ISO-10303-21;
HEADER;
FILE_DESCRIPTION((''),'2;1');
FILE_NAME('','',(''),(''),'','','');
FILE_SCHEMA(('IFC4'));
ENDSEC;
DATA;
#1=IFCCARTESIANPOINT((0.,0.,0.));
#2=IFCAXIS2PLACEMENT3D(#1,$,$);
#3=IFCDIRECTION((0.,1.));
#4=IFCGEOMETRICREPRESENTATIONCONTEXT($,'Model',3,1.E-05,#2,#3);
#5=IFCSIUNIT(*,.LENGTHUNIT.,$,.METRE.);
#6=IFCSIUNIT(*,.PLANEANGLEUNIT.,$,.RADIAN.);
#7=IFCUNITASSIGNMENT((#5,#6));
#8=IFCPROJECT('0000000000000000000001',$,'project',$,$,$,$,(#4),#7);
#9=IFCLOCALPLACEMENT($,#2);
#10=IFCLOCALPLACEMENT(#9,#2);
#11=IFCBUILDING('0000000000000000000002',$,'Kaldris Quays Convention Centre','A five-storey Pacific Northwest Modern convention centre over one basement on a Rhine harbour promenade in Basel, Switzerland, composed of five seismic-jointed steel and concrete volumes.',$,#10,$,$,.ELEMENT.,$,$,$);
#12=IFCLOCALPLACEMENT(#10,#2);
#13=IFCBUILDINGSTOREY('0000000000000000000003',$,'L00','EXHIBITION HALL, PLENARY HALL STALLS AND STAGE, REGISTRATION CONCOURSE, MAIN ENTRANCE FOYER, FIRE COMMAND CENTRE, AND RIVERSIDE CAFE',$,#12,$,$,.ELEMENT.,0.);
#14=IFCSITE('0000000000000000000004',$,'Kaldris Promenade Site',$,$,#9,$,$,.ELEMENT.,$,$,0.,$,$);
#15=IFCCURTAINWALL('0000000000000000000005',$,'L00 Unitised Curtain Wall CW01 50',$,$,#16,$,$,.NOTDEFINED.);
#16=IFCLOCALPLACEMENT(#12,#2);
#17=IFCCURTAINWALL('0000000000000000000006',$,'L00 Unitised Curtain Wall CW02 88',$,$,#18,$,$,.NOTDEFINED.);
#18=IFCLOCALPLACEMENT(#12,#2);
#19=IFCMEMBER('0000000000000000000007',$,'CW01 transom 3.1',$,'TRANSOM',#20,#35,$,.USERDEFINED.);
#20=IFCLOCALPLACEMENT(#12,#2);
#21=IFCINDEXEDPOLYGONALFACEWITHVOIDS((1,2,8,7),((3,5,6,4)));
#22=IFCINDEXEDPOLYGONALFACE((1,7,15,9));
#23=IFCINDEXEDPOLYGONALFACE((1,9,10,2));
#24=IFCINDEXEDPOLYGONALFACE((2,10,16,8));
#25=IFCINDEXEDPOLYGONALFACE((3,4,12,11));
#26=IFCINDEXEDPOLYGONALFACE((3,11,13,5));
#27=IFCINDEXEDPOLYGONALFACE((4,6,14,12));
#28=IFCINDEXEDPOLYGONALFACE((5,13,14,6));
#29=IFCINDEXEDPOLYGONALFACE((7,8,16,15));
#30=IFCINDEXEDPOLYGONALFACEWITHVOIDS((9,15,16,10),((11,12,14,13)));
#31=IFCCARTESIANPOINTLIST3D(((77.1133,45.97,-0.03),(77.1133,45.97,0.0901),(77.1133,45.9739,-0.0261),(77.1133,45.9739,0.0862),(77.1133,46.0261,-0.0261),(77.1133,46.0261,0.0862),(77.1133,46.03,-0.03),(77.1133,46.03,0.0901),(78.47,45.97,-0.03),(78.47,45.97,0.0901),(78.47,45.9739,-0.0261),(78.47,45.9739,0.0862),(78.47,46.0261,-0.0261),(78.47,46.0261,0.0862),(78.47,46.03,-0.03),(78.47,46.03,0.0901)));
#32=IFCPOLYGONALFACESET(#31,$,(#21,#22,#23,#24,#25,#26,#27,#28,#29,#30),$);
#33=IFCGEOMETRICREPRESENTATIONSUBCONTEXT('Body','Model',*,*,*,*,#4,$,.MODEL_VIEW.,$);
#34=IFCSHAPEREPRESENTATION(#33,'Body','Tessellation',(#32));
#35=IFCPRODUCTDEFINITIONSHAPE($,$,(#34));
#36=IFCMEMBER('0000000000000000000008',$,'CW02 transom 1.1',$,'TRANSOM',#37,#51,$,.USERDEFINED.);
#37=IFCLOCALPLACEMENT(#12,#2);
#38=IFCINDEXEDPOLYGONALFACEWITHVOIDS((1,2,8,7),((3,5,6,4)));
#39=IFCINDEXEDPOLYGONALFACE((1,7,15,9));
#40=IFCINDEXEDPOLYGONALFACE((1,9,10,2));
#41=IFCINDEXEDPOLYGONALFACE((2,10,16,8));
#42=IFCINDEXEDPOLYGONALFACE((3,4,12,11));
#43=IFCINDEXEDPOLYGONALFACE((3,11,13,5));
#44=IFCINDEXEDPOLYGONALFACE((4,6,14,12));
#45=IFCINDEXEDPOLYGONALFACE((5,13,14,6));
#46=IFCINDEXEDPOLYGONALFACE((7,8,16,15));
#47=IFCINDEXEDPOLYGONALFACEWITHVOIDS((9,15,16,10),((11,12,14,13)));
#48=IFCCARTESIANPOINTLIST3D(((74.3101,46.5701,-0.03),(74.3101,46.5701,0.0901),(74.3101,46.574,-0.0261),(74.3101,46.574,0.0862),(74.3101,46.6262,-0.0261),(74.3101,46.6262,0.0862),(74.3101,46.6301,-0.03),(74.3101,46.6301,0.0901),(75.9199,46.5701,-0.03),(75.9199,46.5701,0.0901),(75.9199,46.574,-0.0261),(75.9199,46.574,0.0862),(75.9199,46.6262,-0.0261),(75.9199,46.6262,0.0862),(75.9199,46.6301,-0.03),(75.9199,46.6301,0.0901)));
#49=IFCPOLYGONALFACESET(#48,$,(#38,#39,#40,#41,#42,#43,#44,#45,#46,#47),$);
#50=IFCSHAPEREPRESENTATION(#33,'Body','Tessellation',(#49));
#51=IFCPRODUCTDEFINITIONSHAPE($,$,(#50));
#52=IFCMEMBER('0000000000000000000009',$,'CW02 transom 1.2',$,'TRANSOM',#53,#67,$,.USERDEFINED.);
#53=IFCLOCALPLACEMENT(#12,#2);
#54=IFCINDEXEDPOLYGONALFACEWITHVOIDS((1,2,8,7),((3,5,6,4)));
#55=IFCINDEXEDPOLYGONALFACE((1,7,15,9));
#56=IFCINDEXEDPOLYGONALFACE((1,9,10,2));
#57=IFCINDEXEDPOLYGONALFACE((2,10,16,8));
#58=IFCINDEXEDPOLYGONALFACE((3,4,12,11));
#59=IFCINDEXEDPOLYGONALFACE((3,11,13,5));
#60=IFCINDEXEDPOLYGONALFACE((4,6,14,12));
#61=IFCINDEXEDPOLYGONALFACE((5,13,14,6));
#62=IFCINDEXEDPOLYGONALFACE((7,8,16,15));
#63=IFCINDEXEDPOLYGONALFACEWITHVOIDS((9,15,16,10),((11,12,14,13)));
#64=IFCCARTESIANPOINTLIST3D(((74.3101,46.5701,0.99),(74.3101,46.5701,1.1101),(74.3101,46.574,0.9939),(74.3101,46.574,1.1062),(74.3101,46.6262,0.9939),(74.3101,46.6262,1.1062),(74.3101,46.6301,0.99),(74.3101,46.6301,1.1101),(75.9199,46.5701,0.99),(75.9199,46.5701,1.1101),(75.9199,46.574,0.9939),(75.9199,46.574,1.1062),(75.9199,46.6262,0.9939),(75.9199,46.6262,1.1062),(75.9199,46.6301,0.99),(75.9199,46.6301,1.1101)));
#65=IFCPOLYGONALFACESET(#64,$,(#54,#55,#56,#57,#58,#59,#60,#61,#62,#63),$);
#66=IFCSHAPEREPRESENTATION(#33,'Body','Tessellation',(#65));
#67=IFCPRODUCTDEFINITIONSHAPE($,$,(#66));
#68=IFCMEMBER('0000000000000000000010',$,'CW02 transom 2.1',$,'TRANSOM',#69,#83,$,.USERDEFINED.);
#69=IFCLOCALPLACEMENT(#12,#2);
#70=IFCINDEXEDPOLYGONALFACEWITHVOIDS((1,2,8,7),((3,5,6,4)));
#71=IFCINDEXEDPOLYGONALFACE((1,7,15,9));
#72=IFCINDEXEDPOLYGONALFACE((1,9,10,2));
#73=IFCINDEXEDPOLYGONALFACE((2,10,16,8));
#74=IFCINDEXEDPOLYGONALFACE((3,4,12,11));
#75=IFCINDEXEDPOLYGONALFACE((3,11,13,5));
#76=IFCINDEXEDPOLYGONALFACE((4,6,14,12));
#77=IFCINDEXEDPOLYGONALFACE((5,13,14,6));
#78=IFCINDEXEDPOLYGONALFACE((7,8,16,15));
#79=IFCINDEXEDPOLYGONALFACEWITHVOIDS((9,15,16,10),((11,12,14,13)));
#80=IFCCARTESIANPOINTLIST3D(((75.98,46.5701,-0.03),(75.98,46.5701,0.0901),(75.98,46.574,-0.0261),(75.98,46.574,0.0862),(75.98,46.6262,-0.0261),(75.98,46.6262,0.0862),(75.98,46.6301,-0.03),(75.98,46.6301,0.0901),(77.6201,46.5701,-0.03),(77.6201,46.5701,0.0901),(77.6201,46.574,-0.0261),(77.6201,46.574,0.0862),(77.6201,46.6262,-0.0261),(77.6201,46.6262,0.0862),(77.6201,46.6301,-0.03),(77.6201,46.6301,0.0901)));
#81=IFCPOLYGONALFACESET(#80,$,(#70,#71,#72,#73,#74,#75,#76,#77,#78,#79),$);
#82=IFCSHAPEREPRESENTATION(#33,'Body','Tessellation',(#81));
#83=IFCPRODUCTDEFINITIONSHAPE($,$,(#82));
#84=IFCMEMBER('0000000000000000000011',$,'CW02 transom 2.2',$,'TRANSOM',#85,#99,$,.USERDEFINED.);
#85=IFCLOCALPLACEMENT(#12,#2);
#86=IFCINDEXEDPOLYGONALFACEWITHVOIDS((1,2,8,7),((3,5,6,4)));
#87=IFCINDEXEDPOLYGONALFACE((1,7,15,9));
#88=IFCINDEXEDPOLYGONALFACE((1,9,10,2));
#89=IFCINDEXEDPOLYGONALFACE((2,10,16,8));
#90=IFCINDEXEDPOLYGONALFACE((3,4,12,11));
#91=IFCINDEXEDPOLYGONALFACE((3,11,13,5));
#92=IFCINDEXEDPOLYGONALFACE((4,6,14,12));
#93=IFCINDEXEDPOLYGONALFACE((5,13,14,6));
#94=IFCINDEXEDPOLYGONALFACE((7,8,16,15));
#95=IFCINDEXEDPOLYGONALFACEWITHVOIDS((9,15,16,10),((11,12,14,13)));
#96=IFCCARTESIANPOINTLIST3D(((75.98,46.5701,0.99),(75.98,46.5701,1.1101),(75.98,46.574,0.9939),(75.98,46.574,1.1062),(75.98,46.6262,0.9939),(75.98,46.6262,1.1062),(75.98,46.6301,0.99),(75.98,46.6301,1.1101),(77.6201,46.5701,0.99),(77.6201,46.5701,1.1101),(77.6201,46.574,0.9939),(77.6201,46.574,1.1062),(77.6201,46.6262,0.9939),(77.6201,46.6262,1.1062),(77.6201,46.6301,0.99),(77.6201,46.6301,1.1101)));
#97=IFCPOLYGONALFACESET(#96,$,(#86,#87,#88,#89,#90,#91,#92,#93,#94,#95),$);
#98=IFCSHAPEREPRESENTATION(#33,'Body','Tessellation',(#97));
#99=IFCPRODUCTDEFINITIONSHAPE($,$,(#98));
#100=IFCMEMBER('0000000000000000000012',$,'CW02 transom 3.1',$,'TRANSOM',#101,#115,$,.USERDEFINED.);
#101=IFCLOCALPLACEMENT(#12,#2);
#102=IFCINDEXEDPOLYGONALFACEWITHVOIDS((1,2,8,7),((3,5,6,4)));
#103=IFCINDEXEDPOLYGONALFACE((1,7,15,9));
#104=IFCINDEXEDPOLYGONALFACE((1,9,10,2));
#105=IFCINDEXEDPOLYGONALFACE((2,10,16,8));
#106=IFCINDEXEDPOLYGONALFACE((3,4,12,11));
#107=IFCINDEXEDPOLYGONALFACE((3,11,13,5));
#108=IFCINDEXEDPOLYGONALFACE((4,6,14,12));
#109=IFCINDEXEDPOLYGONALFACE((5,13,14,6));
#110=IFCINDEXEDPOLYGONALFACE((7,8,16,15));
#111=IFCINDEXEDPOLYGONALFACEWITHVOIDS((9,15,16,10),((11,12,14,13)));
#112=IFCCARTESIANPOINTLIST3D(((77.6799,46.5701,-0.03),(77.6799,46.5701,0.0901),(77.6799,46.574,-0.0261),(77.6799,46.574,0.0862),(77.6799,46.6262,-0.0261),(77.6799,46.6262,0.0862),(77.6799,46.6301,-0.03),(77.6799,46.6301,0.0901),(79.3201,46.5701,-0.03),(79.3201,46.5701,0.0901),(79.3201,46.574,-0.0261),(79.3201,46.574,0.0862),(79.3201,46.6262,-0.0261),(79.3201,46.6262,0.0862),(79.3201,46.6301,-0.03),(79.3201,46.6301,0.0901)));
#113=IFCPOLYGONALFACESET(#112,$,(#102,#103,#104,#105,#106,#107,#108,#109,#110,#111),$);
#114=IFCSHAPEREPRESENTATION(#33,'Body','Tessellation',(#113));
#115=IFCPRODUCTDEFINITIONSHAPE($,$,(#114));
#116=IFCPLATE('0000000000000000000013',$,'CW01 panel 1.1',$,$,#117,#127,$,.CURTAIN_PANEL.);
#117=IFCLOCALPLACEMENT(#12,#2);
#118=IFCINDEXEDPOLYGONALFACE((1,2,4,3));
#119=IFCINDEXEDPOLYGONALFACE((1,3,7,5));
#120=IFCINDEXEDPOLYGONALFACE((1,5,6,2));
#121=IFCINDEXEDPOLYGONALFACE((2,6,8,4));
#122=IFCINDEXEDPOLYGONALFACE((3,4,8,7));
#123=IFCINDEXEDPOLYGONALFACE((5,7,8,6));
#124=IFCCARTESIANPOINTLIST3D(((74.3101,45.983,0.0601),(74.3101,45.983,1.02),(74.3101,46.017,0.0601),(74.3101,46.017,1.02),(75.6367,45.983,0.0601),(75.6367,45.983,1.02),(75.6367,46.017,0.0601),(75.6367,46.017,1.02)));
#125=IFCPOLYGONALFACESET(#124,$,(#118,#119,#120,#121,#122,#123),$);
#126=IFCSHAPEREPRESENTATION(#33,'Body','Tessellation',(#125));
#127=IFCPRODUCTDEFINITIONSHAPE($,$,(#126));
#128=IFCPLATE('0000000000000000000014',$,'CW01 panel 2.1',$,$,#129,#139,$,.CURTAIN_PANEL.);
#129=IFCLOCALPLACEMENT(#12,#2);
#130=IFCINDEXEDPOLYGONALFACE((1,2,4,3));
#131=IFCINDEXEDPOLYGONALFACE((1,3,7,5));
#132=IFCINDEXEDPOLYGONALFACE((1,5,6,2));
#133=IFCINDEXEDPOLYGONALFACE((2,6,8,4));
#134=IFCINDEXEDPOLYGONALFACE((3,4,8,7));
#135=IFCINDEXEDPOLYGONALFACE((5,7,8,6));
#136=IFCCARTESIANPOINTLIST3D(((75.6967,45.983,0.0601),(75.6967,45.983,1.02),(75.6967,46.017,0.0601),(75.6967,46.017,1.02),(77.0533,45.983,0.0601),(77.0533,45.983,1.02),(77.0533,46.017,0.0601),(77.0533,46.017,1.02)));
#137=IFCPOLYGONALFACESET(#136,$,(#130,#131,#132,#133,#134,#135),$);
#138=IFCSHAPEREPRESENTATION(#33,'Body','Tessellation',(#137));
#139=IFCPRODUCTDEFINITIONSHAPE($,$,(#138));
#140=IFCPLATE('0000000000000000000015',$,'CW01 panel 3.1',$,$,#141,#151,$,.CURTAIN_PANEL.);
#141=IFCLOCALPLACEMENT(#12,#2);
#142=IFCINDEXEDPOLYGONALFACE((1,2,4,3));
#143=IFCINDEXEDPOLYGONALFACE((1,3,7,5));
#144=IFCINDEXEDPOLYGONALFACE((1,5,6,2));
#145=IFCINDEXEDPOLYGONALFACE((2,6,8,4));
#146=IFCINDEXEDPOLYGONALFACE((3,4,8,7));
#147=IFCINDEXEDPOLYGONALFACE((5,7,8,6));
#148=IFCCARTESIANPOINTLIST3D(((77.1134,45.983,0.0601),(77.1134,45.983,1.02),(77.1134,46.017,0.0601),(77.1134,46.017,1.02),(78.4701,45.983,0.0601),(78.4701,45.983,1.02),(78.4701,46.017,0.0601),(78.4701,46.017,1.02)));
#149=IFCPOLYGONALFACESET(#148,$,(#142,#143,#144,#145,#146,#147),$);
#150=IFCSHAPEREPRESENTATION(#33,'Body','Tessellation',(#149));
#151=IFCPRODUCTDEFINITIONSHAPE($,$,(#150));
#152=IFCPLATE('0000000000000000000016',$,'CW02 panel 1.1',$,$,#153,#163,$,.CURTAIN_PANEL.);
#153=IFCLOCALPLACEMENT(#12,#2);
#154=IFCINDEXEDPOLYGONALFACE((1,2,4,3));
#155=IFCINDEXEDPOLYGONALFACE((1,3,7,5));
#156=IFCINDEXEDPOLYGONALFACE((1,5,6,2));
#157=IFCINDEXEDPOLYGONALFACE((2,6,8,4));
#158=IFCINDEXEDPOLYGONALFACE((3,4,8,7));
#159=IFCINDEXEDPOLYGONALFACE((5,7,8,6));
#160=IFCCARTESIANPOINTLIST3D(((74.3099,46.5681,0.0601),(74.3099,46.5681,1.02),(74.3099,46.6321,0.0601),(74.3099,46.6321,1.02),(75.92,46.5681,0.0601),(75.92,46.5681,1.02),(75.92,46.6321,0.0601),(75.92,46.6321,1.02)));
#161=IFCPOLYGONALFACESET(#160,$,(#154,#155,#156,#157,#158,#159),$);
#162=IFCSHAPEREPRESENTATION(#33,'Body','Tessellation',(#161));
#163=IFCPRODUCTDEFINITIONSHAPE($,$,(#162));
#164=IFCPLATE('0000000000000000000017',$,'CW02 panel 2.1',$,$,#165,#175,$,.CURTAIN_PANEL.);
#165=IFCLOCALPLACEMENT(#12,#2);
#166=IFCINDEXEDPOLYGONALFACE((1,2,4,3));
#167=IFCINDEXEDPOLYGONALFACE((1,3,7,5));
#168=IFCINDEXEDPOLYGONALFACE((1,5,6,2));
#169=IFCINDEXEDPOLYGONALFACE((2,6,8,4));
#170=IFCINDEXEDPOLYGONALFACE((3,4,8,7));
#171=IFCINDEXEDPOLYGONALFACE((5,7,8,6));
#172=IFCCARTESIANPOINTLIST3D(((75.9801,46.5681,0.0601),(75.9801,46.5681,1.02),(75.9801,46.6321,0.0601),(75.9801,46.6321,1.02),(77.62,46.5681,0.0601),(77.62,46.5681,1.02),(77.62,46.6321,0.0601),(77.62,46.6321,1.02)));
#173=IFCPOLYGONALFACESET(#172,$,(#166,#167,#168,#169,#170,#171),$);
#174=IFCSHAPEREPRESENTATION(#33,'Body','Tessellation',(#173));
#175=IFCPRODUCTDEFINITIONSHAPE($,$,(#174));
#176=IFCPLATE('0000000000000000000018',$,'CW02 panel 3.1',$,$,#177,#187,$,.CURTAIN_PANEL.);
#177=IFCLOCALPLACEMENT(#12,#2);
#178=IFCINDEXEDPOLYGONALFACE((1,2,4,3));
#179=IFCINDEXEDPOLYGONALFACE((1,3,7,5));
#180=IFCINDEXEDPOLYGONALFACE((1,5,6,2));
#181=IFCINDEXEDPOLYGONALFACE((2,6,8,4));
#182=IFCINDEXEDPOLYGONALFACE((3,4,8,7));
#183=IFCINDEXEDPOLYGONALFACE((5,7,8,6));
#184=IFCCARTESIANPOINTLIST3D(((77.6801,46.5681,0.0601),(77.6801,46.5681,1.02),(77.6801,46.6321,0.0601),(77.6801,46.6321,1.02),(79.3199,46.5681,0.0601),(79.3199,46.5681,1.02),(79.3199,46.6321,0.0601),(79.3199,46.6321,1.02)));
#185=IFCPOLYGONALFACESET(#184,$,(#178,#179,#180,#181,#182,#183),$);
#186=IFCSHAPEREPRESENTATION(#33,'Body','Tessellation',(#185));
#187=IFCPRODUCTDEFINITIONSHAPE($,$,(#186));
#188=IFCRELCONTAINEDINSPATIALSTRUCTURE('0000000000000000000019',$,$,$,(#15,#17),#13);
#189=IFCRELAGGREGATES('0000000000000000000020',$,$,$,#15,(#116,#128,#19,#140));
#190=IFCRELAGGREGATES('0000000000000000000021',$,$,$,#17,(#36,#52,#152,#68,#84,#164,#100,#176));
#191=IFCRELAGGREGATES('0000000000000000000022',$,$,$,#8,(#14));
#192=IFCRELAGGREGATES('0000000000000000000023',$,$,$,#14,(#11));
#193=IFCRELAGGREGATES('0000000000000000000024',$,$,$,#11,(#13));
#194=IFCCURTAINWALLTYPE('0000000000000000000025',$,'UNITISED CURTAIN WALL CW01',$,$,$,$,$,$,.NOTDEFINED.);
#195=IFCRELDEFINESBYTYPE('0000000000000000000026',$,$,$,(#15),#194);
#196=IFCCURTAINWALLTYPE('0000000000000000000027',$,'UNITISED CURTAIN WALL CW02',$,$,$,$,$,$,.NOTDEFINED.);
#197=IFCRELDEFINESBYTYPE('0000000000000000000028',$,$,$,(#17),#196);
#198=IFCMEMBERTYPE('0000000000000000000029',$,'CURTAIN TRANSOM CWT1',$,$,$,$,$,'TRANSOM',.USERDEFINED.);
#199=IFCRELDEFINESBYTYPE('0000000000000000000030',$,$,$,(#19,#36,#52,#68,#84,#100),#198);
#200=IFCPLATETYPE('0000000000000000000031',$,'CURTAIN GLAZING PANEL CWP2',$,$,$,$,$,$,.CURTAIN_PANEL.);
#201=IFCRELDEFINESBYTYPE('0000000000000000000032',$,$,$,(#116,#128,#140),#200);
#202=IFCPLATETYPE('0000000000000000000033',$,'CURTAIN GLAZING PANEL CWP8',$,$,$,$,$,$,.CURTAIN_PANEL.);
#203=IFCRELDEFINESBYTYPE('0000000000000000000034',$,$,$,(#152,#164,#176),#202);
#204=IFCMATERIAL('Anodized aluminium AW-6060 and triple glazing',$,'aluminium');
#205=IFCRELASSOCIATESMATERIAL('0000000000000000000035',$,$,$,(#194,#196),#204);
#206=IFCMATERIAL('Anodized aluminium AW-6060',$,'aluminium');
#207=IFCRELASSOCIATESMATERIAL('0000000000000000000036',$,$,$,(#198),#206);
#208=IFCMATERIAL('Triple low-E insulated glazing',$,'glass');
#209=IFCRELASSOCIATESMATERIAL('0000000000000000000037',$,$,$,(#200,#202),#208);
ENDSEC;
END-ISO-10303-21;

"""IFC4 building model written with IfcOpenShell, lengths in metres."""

from ifc_helpers import new_model, si_unit, direction, frame, origin, origin_2d, place, context, subcontext, project, spatial, rectangle, hollow_rectangle, extrude, material, material_profile, profile_set, type_object, element, aggregate, save


model = new_model("IFC4")

# Units and contexts
model_context = context("Model", 3, precision=1e-05, world=origin(), true_north=direction((0.0, 1.0)))
body_context = subcontext(model_context, "Body", "Model", "MODEL_VIEW")
ifc_project = project(units=[si_unit("LENGTHUNIT", "METRE"), si_unit("PLANEANGLEUNIT", "RADIAN")], contexts=[model_context])

# Site, building, storey
site_placement = place(None, origin())
site = spatial("IfcSite", under=ifc_project, at=site_placement, Name="Kaldris Promenade Site", CompositionType="ELEMENT", RefElevation=0.0)
building_placement = place(site_placement, origin())
building = spatial("IfcBuilding", under=site, at=building_placement, Name="Kaldris Quays Convention Centre", Description="A five-storey Pacific Northwest Modern convention centre over one basement on a Rhine harbour promenade in Basel, Switzerland, composed of five seismic-jointed steel and concrete volumes.", CompositionType="ELEMENT")
storey_placement = place(building_placement, origin())
storey = spatial("IfcBuildingStorey", under=building, at=storey_placement, Name="L00", Description="EXHIBITION HALL, PLENARY HALL STALLS AND STAGE, REGISTRATION CONCOURSE, MAIN ENTRANCE FOYER, FIRE COMMAND CENTRE, AND RIVERSIDE CAFE", CompositionType="ELEMENT", Elevation=0.0)

# Curtain walls
ifc_material_1 = material(Name="Anodized aluminium AW-6060 and triple glazing", Category="aluminium")
curtain_wall_type_1 = type_object("IfcCurtainWallType", Name="UNITISED CURTAIN WALL CW01", PredefinedType="NOTDEFINED", material=ifc_material_1)
curtain_wall_1_placement = place(storey_placement, origin())
curtain_wall_1 = element("IfcCurtainWall", 1, at=curtain_wall_1_placement, inside=storey, type_object=curtain_wall_type_1, Name="L00 Unitised Curtain Wall CW01 50", PredefinedType="NOTDEFINED")
ifc_material_2 = material(Name="Anodized aluminium AW-6060", Category="aluminium")
curtain_wall_type_2 = type_object("IfcCurtainWallType", Name="UNITISED CURTAIN WALL CW02", PredefinedType="NOTDEFINED", material=ifc_material_1)
curtain_wall_2_placement = place(storey_placement, origin())
curtain_wall_2 = element("IfcCurtainWall", 2, at=curtain_wall_2_placement, inside=storey, type_object=curtain_wall_type_2, Name="L00 Unitised Curtain Wall CW02 88", PredefinedType="NOTDEFINED")

# Members
ifc_material_profile_1 = material_profile(ifc_material_2, hollow_rectangle(XDim=0.0601, YDim=0.1201, WallThickness=0.0039, at=origin_2d()), Name="RHS 120x60x4")
ifc_profile_set_1 = profile_set([ifc_material_profile_1], Name="Anodized aluminium AW-6060")
member_type_1 = type_object("IfcMemberType", Name="CURTAIN TRANSOM CWT1", ElementType="TRANSOM", PredefinedType="USERDEFINED", material=ifc_profile_set_1)
member_1_placement = place(storey_placement, frame((77.1133, 46.0, 0.03), z_axis=(1.0, 0.0, 0.0), x_axis=(0.0, 1.0, 0.0)))
member_1 = element("IfcMember", 3, at=member_1_placement, type_object=member_type_1, Name="CW01 transom 3.1", ObjectType="TRANSOM", PredefinedType="USERDEFINED", context=body_context, shape_type="SweptSolid", body=[
    extrude(hollow_rectangle(XDim=0.0601, YDim=0.1201, WallThickness=0.0039, at=origin_2d()), origin(), (0.0, 0.0, 1.0), 1.3567),
])
member_2_placement = place(storey_placement, frame((74.3101, 46.6001, 0.03), z_axis=(1.0, 0.0, 0.0), x_axis=(0.0, 1.0, 0.0)))
member_2 = element("IfcMember", 4, at=member_2_placement, type_object=member_type_1, Name="CW02 transom 1.1", ObjectType="TRANSOM", PredefinedType="USERDEFINED", context=body_context, shape_type="SweptSolid", body=[
    extrude(hollow_rectangle(XDim=0.0601, YDim=0.1201, WallThickness=0.0039, at=origin_2d()), origin(), (0.0, 0.0, 1.0), 1.6099),
])
member_3_placement = place(storey_placement, frame((74.3101, 46.6001, 1.05), z_axis=(1.0, 0.0, 0.0), x_axis=(0.0, 1.0, 0.0)))
member_3 = element("IfcMember", 5, at=member_3_placement, type_object=member_type_1, Name="CW02 transom 1.2", ObjectType="TRANSOM", PredefinedType="USERDEFINED", context=body_context, shape_type="SweptSolid", body=[
    extrude(hollow_rectangle(XDim=0.0601, YDim=0.1201, WallThickness=0.0039, at=origin_2d()), origin(), (0.0, 0.0, 1.0), 1.6099),
])
member_4_placement = place(storey_placement, frame((75.98, 46.6001, 0.03), z_axis=(1.0, 0.0, 0.0), x_axis=(0.0, 1.0, 0.0)))
member_4 = element("IfcMember", 6, at=member_4_placement, type_object=member_type_1, Name="CW02 transom 2.1", ObjectType="TRANSOM", PredefinedType="USERDEFINED", context=body_context, shape_type="SweptSolid", body=[
    extrude(hollow_rectangle(XDim=0.0601, YDim=0.1201, WallThickness=0.0039, at=origin_2d()), origin(), (0.0, 0.0, 1.0), 1.6401),
])
member_5_placement = place(storey_placement, frame((75.98, 46.6001, 1.05), z_axis=(1.0, 0.0, 0.0), x_axis=(0.0, 1.0, 0.0)))
member_5 = element("IfcMember", 7, at=member_5_placement, type_object=member_type_1, Name="CW02 transom 2.2", ObjectType="TRANSOM", PredefinedType="USERDEFINED", context=body_context, shape_type="SweptSolid", body=[
    extrude(hollow_rectangle(XDim=0.0601, YDim=0.1201, WallThickness=0.0039, at=origin_2d()), origin(), (0.0, 0.0, 1.0), 1.6401),
])
member_6_placement = place(storey_placement, frame((77.6799, 46.6001, 0.03), z_axis=(1.0, 0.0, 0.0), x_axis=(0.0, 1.0, 0.0)))
member_6 = element("IfcMember", 8, at=member_6_placement, type_object=member_type_1, Name="CW02 transom 3.1", ObjectType="TRANSOM", PredefinedType="USERDEFINED", context=body_context, shape_type="SweptSolid", body=[
    extrude(hollow_rectangle(XDim=0.0601, YDim=0.1201, WallThickness=0.0039, at=origin_2d()), origin(), (0.0, 0.0, 1.0), 1.6401),
])

# Plates
ifc_material_3 = material(Name="Triple low-E insulated glazing", Category="glass")
plate_type_1 = type_object("IfcPlateType", Name="CURTAIN GLAZING PANEL CWP2", PredefinedType="CURTAIN_PANEL", material=ifc_material_3)
plate_1_placement = place(storey_placement, frame((74.9734, 46.0, 0.0601), z_axis=(0.0, 0.0, 1.0), x_axis=(1.0, 0.0, 0.0)))
plate_1 = element("IfcPlate", 9, at=plate_1_placement, type_object=plate_type_1, Name="CW01 panel 1.1", PredefinedType="CURTAIN_PANEL", context=body_context, shape_type="SweptSolid", body=[
    extrude(rectangle(XDim=1.3267, YDim=0.0339, at=origin_2d()), origin(), (0.0, 0.0, 1.0), 0.96),
])
plate_2_placement = place(storey_placement, frame((76.375, 46.0, 0.0601), z_axis=(0.0, 0.0, 1.0), x_axis=(1.0, 0.0, 0.0)))
plate_2 = element("IfcPlate", 10, at=plate_2_placement, type_object=plate_type_1, Name="CW01 panel 2.1", PredefinedType="CURTAIN_PANEL", context=body_context, shape_type="SweptSolid", body=[
    extrude(rectangle(XDim=1.3567, YDim=0.0339, at=origin_2d()), origin(), (0.0, 0.0, 1.0), 0.96),
])
plate_3_placement = place(storey_placement, frame((77.7917, 46.0, 0.0601), z_axis=(0.0, 0.0, 1.0), x_axis=(1.0, 0.0, 0.0)))
plate_3 = element("IfcPlate", 11, at=plate_3_placement, type_object=plate_type_1, Name="CW01 panel 3.1", PredefinedType="CURTAIN_PANEL", context=body_context, shape_type="SweptSolid", body=[
    extrude(rectangle(XDim=1.3567, YDim=0.0339, at=origin_2d()), origin(), (0.0, 0.0, 1.0), 0.96),
])
aggregate(curtain_wall_1, [plate_1, plate_2, member_1, plate_3])
plate_type_2 = type_object("IfcPlateType", Name="CURTAIN GLAZING PANEL CWP8", PredefinedType="CURTAIN_PANEL", material=ifc_material_3)
plate_4_placement = place(storey_placement, frame((75.115, 46.6001, 0.0601), z_axis=(0.0, 0.0, 1.0), x_axis=(1.0, 0.0, 0.0)))
plate_4 = element("IfcPlate", 12, at=plate_4_placement, type_object=plate_type_2, Name="CW02 panel 1.1", PredefinedType="CURTAIN_PANEL", context=body_context, shape_type="SweptSolid", body=[
    extrude(rectangle(XDim=1.6101, YDim=0.064, at=origin_2d()), origin(), (0.0, 0.0, 1.0), 0.96),
])
plate_5_placement = place(storey_placement, frame((76.8, 46.6001, 0.0601), z_axis=(0.0, 0.0, 1.0), x_axis=(1.0, 0.0, 0.0)))
plate_5 = element("IfcPlate", 13, at=plate_5_placement, type_object=plate_type_2, Name="CW02 panel 2.1", PredefinedType="CURTAIN_PANEL", context=body_context, shape_type="SweptSolid", body=[
    extrude(rectangle(XDim=1.6399, YDim=0.064, at=origin_2d()), origin(), (0.0, 0.0, 1.0), 0.96),
])
plate_6_placement = place(storey_placement, frame((78.5, 46.6001, 0.0601), z_axis=(0.0, 0.0, 1.0), x_axis=(1.0, 0.0, 0.0)))
plate_6 = element("IfcPlate", 14, at=plate_6_placement, type_object=plate_type_2, Name="CW02 panel 3.1", PredefinedType="CURTAIN_PANEL", context=body_context, shape_type="SweptSolid", body=[
    extrude(rectangle(XDim=1.6399, YDim=0.064, at=origin_2d()), origin(), (0.0, 0.0, 1.0), 0.96),
])
aggregate(curtain_wall_2, [member_2, member_3, plate_4, member_4, member_5, plate_5, member_6, plate_6])

save(model, "model.ifc")
